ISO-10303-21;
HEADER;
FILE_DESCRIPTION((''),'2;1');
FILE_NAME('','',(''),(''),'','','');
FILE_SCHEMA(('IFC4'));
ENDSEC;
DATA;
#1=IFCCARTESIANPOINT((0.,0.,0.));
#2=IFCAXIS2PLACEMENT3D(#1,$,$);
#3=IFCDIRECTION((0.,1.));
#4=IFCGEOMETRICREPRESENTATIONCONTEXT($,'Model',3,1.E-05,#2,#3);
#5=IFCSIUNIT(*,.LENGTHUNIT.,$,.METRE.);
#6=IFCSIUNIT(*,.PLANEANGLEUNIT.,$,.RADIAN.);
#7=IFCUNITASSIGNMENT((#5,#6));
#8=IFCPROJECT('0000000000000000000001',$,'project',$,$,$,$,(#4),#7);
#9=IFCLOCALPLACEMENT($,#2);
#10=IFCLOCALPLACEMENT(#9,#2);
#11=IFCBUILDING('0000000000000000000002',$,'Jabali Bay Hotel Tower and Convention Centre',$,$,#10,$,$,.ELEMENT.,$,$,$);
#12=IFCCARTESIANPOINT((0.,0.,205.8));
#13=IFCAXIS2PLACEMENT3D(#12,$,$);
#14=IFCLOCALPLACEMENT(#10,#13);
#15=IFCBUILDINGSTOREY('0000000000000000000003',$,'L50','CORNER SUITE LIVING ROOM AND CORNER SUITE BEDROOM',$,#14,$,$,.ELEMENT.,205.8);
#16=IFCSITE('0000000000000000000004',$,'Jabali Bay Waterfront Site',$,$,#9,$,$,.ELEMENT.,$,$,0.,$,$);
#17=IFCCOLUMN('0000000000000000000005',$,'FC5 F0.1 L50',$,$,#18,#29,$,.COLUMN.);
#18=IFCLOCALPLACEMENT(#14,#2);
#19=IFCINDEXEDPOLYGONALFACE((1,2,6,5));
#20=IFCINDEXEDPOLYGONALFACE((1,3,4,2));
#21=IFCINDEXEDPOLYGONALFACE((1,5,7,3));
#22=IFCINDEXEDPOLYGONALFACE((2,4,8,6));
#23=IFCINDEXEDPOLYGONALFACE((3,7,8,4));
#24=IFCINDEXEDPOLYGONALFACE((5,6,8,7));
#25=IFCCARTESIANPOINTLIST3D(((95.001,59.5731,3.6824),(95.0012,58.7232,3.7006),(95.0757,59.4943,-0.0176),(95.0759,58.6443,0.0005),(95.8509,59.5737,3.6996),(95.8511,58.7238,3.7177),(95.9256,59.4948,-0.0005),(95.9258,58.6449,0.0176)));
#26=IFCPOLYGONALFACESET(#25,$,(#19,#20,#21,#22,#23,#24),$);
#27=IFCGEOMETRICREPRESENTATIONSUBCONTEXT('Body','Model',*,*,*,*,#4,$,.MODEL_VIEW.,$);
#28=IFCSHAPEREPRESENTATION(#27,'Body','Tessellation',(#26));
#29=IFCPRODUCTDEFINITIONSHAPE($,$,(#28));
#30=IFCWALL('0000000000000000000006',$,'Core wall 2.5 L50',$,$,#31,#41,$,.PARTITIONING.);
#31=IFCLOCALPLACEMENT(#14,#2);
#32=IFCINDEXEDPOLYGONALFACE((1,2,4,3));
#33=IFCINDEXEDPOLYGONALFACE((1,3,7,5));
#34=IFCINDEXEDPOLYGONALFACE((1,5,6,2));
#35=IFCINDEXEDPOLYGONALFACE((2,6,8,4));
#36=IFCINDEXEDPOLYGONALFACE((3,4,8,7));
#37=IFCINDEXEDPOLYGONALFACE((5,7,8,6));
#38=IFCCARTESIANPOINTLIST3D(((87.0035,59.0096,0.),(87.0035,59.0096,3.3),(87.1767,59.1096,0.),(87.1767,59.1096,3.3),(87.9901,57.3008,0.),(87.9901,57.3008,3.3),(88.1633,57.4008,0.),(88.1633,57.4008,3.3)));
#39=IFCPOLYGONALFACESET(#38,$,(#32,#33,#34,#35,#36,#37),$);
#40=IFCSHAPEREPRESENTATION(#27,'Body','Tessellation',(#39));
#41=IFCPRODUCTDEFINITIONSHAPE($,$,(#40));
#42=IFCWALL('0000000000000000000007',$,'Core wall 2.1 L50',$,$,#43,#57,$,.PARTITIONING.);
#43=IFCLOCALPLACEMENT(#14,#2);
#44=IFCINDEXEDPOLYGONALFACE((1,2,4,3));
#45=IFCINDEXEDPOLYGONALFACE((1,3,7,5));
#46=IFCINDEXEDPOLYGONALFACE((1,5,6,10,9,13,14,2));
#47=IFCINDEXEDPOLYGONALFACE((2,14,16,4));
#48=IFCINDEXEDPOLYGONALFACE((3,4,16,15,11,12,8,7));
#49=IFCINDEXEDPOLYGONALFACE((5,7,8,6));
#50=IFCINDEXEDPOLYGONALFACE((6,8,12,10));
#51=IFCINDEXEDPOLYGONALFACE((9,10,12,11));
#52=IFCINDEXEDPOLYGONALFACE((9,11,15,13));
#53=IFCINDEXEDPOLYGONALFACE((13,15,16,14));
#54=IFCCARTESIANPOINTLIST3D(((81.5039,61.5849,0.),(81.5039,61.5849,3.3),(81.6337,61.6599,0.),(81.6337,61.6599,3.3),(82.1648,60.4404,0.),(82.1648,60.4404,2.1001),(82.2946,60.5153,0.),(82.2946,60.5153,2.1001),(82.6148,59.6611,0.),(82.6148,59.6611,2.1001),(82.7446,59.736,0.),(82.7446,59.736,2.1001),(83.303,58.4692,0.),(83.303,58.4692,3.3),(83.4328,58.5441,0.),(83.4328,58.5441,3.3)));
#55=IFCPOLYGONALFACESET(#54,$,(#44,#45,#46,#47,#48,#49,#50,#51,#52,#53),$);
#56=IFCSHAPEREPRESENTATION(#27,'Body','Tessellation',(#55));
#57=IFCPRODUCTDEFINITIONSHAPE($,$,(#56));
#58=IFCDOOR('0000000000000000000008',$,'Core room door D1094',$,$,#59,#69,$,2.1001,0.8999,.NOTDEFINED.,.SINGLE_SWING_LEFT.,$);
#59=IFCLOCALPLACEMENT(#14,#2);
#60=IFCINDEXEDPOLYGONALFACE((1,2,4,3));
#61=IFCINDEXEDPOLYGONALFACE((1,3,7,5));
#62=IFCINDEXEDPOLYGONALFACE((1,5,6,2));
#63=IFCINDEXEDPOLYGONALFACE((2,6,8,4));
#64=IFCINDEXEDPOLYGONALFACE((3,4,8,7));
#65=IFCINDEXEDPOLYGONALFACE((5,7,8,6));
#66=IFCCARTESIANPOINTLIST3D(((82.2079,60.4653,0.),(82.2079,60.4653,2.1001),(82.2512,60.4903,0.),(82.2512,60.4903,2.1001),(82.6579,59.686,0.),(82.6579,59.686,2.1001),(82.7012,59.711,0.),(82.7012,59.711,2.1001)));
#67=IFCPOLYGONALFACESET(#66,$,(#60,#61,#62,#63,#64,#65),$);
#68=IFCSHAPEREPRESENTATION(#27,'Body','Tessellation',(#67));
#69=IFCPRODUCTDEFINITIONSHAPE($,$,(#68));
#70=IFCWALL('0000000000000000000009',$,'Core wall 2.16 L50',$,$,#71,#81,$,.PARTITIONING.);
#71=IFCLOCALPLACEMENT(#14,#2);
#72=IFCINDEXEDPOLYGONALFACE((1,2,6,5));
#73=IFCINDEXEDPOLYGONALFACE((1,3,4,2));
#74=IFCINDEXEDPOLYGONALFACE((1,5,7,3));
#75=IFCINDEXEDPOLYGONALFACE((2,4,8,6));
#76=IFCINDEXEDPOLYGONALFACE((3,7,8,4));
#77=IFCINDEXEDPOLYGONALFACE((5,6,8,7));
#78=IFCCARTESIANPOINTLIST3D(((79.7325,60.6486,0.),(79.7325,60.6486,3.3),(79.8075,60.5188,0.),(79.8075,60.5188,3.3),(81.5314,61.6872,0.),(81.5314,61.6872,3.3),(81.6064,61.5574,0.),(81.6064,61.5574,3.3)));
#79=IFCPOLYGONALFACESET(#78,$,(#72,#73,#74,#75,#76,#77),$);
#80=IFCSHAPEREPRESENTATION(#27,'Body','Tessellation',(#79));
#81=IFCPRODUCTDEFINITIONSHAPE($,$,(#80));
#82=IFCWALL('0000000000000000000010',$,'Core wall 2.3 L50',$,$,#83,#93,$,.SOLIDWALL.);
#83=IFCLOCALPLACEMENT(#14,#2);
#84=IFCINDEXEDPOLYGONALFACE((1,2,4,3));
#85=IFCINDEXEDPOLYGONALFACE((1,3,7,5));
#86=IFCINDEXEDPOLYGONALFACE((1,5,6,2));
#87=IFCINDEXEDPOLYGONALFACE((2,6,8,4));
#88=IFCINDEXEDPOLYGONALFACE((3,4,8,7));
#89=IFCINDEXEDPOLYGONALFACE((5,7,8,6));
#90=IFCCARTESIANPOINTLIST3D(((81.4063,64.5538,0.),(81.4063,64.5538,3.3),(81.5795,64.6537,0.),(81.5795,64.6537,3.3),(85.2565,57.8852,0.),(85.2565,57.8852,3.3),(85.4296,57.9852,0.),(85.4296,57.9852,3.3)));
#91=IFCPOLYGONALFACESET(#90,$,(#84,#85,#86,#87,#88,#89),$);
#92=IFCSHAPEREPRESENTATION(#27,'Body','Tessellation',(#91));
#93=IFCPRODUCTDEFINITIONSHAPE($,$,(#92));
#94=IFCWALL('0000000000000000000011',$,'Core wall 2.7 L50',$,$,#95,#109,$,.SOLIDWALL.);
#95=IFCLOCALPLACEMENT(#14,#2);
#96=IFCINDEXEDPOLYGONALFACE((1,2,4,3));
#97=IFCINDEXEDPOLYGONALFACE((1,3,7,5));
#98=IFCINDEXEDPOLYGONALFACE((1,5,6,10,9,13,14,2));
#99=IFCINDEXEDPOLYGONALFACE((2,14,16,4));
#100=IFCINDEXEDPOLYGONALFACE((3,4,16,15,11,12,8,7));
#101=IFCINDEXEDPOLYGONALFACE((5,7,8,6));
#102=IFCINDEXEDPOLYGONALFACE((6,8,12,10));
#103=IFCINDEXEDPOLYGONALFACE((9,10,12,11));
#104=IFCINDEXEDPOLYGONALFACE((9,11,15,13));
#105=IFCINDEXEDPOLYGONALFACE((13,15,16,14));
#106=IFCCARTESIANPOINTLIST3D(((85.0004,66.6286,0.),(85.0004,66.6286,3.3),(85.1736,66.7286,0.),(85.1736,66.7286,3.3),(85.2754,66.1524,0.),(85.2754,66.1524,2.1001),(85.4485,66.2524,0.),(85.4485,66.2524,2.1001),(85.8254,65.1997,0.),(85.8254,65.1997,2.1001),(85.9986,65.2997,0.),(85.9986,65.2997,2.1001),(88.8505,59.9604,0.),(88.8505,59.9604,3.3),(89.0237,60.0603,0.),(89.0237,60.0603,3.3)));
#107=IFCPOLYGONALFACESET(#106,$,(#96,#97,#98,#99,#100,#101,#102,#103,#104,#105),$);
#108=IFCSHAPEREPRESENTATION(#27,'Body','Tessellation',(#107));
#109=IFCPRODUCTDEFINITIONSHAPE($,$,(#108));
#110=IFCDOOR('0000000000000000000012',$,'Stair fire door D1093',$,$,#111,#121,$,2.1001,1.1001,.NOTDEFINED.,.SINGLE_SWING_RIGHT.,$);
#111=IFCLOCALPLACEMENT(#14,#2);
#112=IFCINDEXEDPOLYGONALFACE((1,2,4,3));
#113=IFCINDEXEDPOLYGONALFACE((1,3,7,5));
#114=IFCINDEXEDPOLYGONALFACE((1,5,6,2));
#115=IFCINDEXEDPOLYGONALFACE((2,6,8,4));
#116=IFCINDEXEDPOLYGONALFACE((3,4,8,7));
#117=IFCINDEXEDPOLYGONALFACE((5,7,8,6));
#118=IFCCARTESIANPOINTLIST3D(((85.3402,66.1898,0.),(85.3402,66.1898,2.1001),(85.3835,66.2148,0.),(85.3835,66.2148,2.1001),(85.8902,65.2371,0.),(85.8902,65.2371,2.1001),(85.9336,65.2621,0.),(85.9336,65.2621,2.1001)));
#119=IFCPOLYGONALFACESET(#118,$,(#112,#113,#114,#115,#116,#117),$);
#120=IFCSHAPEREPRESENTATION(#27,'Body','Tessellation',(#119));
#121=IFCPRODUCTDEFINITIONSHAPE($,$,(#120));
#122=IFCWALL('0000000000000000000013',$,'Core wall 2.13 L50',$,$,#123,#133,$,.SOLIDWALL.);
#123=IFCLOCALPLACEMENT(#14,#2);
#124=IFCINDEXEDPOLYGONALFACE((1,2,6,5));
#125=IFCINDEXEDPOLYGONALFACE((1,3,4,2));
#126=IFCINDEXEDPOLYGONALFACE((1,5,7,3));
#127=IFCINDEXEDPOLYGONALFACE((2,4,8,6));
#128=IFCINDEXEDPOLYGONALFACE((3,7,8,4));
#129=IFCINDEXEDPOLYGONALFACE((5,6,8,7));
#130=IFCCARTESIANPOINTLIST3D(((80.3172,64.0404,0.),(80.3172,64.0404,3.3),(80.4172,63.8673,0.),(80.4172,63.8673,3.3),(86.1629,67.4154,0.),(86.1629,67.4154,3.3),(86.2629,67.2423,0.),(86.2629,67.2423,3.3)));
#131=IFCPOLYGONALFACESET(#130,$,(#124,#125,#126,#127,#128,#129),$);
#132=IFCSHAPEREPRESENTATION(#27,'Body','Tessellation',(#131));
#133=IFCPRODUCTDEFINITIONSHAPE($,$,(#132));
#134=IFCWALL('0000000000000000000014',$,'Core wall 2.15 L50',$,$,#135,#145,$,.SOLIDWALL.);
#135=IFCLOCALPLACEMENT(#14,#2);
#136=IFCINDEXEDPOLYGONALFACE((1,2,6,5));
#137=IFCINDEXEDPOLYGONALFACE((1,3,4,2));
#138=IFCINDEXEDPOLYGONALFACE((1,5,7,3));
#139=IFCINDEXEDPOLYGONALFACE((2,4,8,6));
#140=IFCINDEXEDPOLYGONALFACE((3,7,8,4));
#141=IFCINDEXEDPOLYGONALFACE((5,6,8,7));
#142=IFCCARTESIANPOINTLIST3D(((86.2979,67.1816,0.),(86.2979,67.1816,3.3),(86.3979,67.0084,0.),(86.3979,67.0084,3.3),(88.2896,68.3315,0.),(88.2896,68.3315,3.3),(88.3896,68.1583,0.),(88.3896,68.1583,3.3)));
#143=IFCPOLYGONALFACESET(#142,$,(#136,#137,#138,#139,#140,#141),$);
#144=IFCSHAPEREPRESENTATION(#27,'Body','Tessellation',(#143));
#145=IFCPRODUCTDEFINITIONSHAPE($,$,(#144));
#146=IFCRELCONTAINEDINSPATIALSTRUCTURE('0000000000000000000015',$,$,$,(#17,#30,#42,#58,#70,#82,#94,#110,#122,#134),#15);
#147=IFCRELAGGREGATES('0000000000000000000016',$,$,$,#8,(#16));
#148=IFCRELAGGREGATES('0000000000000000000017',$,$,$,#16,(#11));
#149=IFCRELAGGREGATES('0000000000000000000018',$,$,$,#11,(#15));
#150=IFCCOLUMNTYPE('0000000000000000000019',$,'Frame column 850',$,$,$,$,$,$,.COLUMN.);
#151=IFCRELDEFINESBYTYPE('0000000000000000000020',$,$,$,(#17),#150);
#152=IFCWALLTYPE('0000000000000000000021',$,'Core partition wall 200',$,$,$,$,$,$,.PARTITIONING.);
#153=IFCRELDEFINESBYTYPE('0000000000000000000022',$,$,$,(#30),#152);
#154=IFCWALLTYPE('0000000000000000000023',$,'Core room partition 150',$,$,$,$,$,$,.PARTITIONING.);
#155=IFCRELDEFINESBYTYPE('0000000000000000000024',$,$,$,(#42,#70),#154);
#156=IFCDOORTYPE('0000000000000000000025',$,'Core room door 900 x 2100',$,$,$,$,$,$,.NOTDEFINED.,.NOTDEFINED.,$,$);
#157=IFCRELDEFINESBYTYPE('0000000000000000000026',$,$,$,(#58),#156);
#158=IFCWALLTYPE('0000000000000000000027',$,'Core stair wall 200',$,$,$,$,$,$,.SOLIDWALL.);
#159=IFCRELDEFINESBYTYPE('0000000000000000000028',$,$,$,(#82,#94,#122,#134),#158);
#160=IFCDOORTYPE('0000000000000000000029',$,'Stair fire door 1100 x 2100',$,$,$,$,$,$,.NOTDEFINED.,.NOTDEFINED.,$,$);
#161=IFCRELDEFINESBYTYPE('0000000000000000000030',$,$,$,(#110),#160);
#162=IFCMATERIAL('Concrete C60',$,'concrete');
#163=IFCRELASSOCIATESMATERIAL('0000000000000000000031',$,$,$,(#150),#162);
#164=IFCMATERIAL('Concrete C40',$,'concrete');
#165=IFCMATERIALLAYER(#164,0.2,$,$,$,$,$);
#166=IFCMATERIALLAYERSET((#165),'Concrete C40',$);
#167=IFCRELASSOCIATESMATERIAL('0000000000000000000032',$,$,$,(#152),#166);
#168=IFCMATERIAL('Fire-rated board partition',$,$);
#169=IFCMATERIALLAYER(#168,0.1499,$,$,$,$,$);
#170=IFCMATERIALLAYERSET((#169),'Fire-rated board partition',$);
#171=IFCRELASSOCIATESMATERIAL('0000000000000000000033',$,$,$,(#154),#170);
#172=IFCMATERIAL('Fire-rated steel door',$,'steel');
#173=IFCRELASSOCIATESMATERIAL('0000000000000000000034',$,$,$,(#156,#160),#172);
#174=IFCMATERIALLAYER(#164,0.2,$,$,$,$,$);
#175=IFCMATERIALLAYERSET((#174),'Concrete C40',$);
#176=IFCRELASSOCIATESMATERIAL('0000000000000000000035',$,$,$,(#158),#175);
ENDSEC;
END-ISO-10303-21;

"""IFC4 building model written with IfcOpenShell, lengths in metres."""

from ifc_helpers import new_model, si_unit, direction, frame, frame_2d, origin, origin_2d, place, context, subcontext, project, spatial, rectangle, extrude, material, layer, layer_set, material_profile, profile_set, type_object, element, fill, save


model = new_model("IFC4")

# Units and contexts
model_context = context("Model", 3, precision=1e-05, world=origin(), true_north=direction((0.0, 1.0)))
body_context = subcontext(model_context, "Body", "Model", "MODEL_VIEW")
ifc_project = project(units=[si_unit("LENGTHUNIT", "METRE"), si_unit("PLANEANGLEUNIT", "RADIAN")], contexts=[model_context])

# Site, building, storey
site_placement = place(None, origin())
site = spatial("IfcSite", under=ifc_project, at=site_placement, Name="Jabali Bay Waterfront Site", CompositionType="ELEMENT", RefElevation=0.0)
building_placement = place(site_placement, origin())
building = spatial("IfcBuilding", under=site, at=building_placement, Name="Jabali Bay Hotel Tower and Convention Centre", CompositionType="ELEMENT")
storey_placement = place(building_placement, frame((0.0, 0.0, 205.8)))
storey = spatial("IfcBuildingStorey", under=building, at=storey_placement, Name="L50", Description="CORNER SUITE LIVING ROOM AND CORNER SUITE BEDROOM", CompositionType="ELEMENT", Elevation=205.8)

# Column
ifc_material_1 = material(Name="Concrete C60", Category="concrete")
ifc_material_profile = material_profile(ifc_material_1, rectangle(XDim=0.8501, YDim=0.8501, at=origin_2d()), Name="Frame column 850")
ifc_profile_set = profile_set([ifc_material_profile], Name="Concrete C60")
column_type = type_object("IfcColumnType", Name="Frame column 850", PredefinedType="COLUMN", material=ifc_profile_set)
column_placement = place(storey_placement, frame((95.5007, 59.0696, 0.0), z_axis=(-0.020183, 0.021304, 0.999569), x_axis=(0.000228, -0.999773, 0.021313)))
element("IfcColumn", 1, at=column_placement, inside=storey, type_object=column_type, Name="FC5 F0.1 L50", PredefinedType="COLUMN", context=body_context, shape_type="SweptSolid", body=[
    extrude(rectangle(XDim=0.8501, YDim=0.8501, at=origin_2d()), origin(), (0.0, 0.0, 1.0), 3.7017),
])

# Wall
ifc_material_2 = material(Name="Concrete C40", Category="concrete")
ifc_layer_1 = layer(ifc_material_2, 0.2)
ifc_layer_set_1 = layer_set([ifc_layer_1], Name="Concrete C40")
wall_type_1 = type_object("IfcWallType", Name="Core partition wall 200", PredefinedType="PARTITIONING", material=ifc_layer_set_1)
wall_1_placement = place(storey_placement, frame((87.0901, 59.0596, 0.0), z_axis=(0.0, 0.0, 1.0), x_axis=(0.500012, -0.866019, 0.0)))
element("IfcWall", 2, at=wall_1_placement, inside=storey, type_object=wall_type_1, Name="Core wall 2.5 L50", PredefinedType="PARTITIONING", context=body_context, shape_type="SweptSolid", body=[
    extrude(rectangle(XDim=1.9731, YDim=0.2, at=frame_2d((0.9866, 0.0))), origin(), (0.0, 0.0, 1.0), 3.3),
])

# Wall, opening, door
ifc_material_3 = material(Name="Fire-rated board partition")
ifc_layer_2 = layer(ifc_material_3, 0.1499)
ifc_layer_set_2 = layer_set([ifc_layer_2], Name="Fire-rated board partition")
wall_type_2 = type_object("IfcWallType", Name="Core room partition 150", PredefinedType="PARTITIONING", material=ifc_layer_set_2)
wall_2_placement = place(storey_placement, frame((81.5688, 61.6223, 0.0), z_axis=(0.0, 0.0, 1.0), x_axis=(0.500044, -0.866, 0.0)))
wall_2 = element("IfcWall", 3, at=wall_2_placement, inside=storey, type_object=wall_type_2, Name="Core wall 2.1 L50", PredefinedType="PARTITIONING", context=body_context, shape_type="SweptSolid", body=[
    extrude(rectangle(XDim=3.5979, YDim=0.1499, at=frame_2d((1.7988, 0.0))), origin(), (0.0, 0.0, 1.0), 3.3),
])
opening_1_placement = place(wall_2_placement, frame((1.3215, 0.0, 0.0)))
opening_1 = element("IfcOpeningElement", 4, at=opening_1_placement, cuts=wall_2, PredefinedType="OPENING", context=body_context, shape_type="SweptSolid", body=[
    extrude(rectangle(XDim=0.8999, YDim=2.1001, at=frame_2d((0.45, 1.05))), frame((0.0, 0.0854, 0.0), z_axis=(0.0, -1.0, 0.0), x_axis=(1.0, 0.0, 0.0)), (0.0, 0.0, 1.0), 0.1709),
])
ifc_material_4 = material(Name="Fire-rated steel door", Category="steel")
door_type_1 = type_object("IfcDoorType", Name="Core room door 900 x 2100", OperationType="NOTDEFINED", PredefinedType="NOTDEFINED", material=ifc_material_4)
door_1_placement = place(opening_1_placement, origin())
door_1 = element("IfcDoor", 5, at=door_1_placement, inside=storey, type_object=door_type_1, Name="Core room door D1094", OperationType="SINGLE_SWING_LEFT", OverallHeight=2.1001, OverallWidth=0.8999, PredefinedType="NOTDEFINED", context=body_context, shape_type="SweptSolid", body=[
    extrude(rectangle(XDim=0.8999, YDim=2.1001, at=frame_2d((0.45, 1.05))), frame((0.0, 0.0249, 0.0), z_axis=(0.0, -1.0, 0.0), x_axis=(1.0, 0.0, 0.0)), (0.0, 0.0, 1.0), 0.05),
])
fill(opening_1, door_1)

# Walls
wall_3_placement = place(storey_placement, frame((79.77, 60.5837, 0.0), z_axis=(0.0, 0.0, 1.0), x_axis=(0.866021, 0.500007, 0.0)))
element("IfcWall", 6, at=wall_3_placement, inside=storey, type_object=wall_type_2, Name="Core wall 2.16 L50", PredefinedType="PARTITIONING", context=body_context, shape_type="SweptSolid", body=[
    extrude(rectangle(XDim=2.0771, YDim=0.1499, at=frame_2d((1.0386, 0.0))), origin(), (0.0, 0.0, 1.0), 3.3),
])
ifc_layer_3 = layer(ifc_material_2, 0.2)
ifc_layer_set_3 = layer_set([ifc_layer_3], Name="Concrete C40")
wall_type_3 = type_object("IfcWallType", Name="Core stair wall 200", PredefinedType="SOLIDWALL", material=ifc_layer_set_3)
wall_4_placement = place(storey_placement, frame((81.4929, 64.6038, 0.0), z_axis=(0.0, 0.0, 1.0), x_axis=(0.500006, -0.866022, 0.0)))
element("IfcWall", 7, at=wall_4_placement, inside=storey, type_object=wall_type_3, Name="Core wall 2.3 L50", PredefinedType="SOLIDWALL", context=body_context, shape_type="SweptSolid", body=[
    extrude(rectangle(XDim=7.7002, YDim=0.2, at=frame_2d((3.8501, 0.0))), origin(), (0.0, 0.0, 1.0), 3.3),
])

# Wall, opening, door
wall_5_placement = place(storey_placement, frame((85.0869, 66.6787, 0.0), z_axis=(0.0, 0.0, 1.0), x_axis=(0.50002, -0.866014, 0.0)))
wall_5 = element("IfcWall", 8, at=wall_5_placement, inside=storey, type_object=wall_type_3, Name="Core wall 2.7 L50", PredefinedType="SOLIDWALL", context=body_context, shape_type="SweptSolid", body=[
    extrude(rectangle(XDim=7.7, YDim=0.2, at=frame_2d((3.8501, 0.0))), origin(), (0.0, 0.0, 1.0), 3.3),
])
opening_2_placement = place(wall_5_placement, frame((0.55, 0.0, 0.0)))
opening_2 = element("IfcOpeningElement", 9, at=opening_2_placement, cuts=wall_5, PredefinedType="OPENING", context=body_context, shape_type="SweptSolid", body=[
    extrude(rectangle(XDim=1.1001, YDim=2.1001, at=frame_2d((0.55, 1.05))), frame((0.0, 0.1104, 0.0), z_axis=(0.0, -1.0, 0.0), x_axis=(1.0, 0.0, 0.0)), (0.0, 0.0, 1.0), 0.2209),
])
door_type_2 = type_object("IfcDoorType", Name="Stair fire door 1100 x 2100", OperationType="NOTDEFINED", PredefinedType="NOTDEFINED", material=ifc_material_4)
door_2_placement = place(opening_2_placement, origin())
door_2 = element("IfcDoor", 10, at=door_2_placement, inside=storey, type_object=door_type_2, Name="Stair fire door D1093", OperationType="SINGLE_SWING_RIGHT", OverallHeight=2.1001, OverallWidth=1.1001, PredefinedType="NOTDEFINED", context=body_context, shape_type="SweptSolid", body=[
    extrude(rectangle(XDim=1.1001, YDim=2.1001, at=frame_2d((0.55, 1.05))), frame((0.0, 0.0249, 0.0), z_axis=(0.0, -1.0, 0.0), x_axis=(1.0, 0.0, 0.0)), (0.0, 0.0, 1.0), 0.05),
])
fill(opening_2, door_2)

# Walls
wall_6_placement = place(storey_placement, frame((80.3672, 63.9539, 0.0), z_axis=(0.0, 0.0, 1.0), x_axis=(0.866027, 0.499998, 0.0)))
element("IfcWall", 11, at=wall_6_placement, inside=storey, type_object=wall_type_3, Name="Core wall 2.13 L50", PredefinedType="SOLIDWALL", context=body_context, shape_type="SweptSolid", body=[
    extrude(rectangle(XDim=6.75, YDim=0.2, at=frame_2d((3.375, 0.0))), origin(), (0.0, 0.0, 1.0), 3.3),
])
wall_7_placement = place(storey_placement, frame((86.3479, 67.095, 0.0), z_axis=(0.0, 0.0, 1.0), x_axis=(0.866026, 0.499998, 0.0)))
element("IfcWall", 12, at=wall_7_placement, inside=storey, type_object=wall_type_3, Name="Core wall 2.15 L50", PredefinedType="SOLIDWALL", context=body_context, shape_type="SweptSolid", body=[
    extrude(rectangle(XDim=2.2998, YDim=0.2, at=frame_2d((1.1499, 0.0))), origin(), (0.0, 0.0, 1.0), 3.3),
])

save(model, "model.ifc")
